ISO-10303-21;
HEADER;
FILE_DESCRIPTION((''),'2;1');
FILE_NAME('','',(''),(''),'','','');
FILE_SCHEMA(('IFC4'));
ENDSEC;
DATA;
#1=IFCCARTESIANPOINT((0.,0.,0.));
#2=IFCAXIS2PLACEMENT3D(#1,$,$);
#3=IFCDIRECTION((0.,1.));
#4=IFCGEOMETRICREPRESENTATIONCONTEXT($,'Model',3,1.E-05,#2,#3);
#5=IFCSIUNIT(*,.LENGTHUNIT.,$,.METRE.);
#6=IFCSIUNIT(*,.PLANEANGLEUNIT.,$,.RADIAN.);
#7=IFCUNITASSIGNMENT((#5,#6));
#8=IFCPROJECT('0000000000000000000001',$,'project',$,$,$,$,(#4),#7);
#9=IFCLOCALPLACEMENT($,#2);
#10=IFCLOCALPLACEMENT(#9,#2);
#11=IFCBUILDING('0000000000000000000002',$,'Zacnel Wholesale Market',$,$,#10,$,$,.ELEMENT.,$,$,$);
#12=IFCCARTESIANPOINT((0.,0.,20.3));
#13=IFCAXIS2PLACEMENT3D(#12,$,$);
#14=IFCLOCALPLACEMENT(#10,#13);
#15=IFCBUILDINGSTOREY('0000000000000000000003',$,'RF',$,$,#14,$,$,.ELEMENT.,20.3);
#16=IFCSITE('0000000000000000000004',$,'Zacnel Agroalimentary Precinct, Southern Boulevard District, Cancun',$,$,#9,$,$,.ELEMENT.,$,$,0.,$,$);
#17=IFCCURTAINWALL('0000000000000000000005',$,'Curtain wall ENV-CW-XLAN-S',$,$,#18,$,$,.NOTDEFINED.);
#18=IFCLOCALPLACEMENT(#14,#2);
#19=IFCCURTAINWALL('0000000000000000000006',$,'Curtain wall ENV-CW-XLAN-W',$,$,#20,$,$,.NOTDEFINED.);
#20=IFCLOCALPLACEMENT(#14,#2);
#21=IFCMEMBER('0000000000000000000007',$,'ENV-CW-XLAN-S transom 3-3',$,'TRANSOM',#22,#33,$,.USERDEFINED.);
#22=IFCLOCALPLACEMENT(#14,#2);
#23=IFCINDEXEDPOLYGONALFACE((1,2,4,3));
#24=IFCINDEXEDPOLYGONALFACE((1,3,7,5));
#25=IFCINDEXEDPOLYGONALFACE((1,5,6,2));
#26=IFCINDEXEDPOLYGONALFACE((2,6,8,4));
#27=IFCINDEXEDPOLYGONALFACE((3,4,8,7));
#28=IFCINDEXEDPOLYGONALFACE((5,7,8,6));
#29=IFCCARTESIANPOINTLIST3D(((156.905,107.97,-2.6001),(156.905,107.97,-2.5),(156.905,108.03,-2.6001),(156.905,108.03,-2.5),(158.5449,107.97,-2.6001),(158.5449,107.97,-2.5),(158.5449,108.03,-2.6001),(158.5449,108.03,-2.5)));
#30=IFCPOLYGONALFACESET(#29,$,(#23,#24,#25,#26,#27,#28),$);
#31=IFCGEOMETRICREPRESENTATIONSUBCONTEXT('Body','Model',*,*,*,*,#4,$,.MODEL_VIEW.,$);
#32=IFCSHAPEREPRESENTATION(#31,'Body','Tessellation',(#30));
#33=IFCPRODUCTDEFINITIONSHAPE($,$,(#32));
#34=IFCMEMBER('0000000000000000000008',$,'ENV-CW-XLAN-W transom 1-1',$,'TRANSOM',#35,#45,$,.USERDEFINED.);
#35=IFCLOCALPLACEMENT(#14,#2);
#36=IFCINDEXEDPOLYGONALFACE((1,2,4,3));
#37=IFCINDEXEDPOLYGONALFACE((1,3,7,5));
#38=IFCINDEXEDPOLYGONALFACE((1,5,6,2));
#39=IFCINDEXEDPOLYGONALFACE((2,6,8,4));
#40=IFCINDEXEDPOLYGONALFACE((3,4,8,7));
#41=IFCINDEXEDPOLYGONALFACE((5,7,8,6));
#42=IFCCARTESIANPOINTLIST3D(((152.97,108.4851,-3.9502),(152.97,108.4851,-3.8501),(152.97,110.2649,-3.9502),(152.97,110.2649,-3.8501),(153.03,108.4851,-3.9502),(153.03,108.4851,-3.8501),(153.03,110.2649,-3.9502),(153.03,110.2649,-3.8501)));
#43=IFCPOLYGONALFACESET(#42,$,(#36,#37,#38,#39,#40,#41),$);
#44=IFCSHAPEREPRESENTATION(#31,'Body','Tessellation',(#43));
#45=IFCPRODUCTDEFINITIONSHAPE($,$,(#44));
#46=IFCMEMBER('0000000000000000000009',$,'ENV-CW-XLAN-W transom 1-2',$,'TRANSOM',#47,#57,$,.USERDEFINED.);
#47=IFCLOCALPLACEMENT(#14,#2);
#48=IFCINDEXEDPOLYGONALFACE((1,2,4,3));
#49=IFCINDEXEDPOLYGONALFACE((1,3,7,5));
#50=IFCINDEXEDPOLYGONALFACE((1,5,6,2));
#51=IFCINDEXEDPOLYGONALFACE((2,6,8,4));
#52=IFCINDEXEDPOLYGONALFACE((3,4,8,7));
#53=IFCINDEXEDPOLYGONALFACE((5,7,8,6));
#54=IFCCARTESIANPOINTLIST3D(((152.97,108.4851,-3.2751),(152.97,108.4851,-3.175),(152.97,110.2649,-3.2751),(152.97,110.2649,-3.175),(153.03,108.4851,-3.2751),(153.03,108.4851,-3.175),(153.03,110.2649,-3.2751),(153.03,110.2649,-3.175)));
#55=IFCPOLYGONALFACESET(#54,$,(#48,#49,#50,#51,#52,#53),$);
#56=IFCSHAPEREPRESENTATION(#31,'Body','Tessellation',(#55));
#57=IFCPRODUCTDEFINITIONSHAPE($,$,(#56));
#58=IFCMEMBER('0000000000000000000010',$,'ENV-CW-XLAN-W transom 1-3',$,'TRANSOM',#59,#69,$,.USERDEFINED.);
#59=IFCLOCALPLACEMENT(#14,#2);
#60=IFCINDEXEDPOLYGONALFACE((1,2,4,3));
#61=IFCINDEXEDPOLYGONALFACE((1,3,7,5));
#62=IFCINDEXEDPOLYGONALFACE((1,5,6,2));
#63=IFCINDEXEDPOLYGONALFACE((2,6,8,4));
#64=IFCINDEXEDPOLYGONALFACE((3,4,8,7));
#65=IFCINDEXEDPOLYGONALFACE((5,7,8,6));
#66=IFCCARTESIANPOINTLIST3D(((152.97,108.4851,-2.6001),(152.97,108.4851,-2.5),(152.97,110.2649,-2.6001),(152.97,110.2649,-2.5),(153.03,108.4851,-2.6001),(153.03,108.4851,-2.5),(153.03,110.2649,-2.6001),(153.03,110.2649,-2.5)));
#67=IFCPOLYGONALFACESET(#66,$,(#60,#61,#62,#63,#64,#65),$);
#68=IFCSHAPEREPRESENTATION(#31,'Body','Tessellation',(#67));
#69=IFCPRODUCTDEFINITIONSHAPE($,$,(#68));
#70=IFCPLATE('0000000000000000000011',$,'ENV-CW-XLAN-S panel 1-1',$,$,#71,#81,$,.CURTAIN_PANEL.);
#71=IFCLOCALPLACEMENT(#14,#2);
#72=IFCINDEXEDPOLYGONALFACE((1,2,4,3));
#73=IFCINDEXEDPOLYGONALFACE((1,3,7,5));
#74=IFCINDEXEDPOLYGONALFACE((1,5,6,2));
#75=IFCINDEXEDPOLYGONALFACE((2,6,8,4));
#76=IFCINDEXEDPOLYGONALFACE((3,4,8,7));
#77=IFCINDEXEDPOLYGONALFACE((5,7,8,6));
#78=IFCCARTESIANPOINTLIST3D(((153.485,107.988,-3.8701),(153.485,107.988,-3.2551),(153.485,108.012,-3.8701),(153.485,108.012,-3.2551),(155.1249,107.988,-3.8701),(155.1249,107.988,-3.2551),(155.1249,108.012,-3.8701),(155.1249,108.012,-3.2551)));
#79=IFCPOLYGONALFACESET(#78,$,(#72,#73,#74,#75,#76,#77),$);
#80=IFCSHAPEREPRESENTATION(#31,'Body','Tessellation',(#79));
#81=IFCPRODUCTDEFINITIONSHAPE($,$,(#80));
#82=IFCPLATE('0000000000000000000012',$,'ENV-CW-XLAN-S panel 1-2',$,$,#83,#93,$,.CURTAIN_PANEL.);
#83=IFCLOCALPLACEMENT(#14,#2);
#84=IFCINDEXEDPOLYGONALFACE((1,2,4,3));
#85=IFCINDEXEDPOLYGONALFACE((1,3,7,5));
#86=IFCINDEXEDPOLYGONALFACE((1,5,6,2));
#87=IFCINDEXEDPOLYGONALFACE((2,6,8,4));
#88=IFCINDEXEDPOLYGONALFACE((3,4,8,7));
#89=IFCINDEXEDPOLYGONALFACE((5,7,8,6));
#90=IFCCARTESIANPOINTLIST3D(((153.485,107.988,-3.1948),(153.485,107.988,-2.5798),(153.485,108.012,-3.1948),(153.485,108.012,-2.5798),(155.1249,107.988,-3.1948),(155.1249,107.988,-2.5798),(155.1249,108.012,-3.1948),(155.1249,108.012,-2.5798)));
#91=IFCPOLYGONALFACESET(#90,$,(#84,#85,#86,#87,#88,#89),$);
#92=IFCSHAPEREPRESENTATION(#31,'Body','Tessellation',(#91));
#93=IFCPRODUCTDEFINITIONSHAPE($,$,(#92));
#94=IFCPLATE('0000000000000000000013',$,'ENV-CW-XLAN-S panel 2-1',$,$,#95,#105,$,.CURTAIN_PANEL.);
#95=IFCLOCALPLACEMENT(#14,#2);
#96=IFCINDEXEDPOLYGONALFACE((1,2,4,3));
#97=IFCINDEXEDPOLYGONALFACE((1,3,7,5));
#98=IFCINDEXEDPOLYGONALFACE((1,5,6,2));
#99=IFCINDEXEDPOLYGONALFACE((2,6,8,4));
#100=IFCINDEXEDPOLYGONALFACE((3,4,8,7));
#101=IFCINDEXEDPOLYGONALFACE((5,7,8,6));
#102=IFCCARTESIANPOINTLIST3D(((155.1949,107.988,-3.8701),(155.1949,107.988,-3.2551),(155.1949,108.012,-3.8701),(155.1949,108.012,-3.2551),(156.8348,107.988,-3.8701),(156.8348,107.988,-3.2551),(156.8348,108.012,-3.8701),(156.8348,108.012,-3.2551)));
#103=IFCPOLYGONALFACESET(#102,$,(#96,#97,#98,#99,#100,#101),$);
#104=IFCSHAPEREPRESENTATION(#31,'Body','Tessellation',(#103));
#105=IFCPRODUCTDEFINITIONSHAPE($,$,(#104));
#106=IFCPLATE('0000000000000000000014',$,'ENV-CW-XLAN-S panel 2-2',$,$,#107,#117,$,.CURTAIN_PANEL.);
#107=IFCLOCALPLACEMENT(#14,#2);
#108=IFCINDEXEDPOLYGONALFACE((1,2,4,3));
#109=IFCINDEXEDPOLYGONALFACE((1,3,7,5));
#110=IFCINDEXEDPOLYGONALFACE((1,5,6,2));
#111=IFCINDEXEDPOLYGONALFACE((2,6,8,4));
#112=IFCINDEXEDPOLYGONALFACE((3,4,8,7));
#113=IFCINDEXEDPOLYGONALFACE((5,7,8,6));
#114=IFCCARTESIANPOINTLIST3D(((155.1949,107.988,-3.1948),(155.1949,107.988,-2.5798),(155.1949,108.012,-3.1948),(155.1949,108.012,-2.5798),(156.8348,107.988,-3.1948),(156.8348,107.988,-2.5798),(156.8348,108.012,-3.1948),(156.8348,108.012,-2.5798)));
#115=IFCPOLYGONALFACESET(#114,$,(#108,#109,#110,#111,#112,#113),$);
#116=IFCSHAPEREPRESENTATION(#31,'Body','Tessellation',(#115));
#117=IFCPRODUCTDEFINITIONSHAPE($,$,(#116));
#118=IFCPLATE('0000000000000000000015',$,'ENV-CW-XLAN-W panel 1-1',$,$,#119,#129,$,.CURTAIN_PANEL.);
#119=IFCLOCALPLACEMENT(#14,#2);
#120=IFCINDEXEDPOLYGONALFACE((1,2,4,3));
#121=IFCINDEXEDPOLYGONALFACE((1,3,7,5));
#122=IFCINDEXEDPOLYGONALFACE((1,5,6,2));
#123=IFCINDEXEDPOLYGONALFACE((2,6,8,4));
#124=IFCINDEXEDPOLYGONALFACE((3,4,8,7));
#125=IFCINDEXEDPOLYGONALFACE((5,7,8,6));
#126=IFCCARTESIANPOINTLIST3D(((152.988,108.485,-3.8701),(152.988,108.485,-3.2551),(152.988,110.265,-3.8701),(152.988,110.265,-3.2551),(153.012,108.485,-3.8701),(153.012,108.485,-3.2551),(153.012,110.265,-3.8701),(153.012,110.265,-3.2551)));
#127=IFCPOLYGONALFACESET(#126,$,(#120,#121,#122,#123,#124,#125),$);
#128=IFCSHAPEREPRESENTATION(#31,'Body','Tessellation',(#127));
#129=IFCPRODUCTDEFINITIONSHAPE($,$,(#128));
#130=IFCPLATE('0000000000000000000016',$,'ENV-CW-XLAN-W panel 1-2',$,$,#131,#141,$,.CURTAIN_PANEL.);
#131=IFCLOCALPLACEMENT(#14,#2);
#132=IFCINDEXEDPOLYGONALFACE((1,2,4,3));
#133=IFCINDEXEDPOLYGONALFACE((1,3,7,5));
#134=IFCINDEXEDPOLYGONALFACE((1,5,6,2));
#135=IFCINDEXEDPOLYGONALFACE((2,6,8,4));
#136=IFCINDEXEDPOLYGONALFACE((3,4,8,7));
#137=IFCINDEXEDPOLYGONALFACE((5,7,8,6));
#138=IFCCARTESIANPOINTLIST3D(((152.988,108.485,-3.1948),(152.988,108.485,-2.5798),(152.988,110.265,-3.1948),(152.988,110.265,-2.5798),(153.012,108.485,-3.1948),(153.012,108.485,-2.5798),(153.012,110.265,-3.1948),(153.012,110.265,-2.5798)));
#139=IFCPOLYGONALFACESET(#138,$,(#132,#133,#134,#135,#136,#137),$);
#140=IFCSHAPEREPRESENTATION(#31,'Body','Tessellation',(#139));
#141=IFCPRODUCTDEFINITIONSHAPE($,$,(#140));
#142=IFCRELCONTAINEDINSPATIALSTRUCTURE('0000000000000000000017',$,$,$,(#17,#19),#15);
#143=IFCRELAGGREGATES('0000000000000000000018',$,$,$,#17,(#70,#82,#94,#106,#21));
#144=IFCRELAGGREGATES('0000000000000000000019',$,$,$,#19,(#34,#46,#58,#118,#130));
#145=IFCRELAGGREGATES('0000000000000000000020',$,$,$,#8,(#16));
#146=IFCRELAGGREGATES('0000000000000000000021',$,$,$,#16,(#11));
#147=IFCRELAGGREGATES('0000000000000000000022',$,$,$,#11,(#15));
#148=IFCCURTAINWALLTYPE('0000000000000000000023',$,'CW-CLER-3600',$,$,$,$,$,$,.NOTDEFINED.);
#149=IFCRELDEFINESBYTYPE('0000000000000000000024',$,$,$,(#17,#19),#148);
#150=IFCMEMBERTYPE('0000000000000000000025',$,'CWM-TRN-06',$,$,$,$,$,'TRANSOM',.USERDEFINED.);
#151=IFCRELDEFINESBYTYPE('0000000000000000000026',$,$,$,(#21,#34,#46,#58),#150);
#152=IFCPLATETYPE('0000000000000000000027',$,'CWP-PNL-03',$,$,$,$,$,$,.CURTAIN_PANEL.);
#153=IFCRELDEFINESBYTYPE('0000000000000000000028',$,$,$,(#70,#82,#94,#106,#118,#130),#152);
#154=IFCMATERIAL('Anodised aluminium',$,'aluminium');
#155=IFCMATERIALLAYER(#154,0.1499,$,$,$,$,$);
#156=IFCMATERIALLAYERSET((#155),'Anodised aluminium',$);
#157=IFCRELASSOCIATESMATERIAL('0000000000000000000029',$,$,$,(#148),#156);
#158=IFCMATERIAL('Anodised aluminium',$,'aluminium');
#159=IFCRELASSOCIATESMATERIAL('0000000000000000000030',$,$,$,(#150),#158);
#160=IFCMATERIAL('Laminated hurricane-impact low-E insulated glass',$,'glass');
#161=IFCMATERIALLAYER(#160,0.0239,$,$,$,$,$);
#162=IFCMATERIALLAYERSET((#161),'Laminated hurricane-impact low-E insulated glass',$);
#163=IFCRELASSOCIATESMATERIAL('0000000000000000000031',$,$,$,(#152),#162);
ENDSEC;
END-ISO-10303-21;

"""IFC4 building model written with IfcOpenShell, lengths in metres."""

from ifc_helpers import new_model, si_unit, direction, frame, origin, origin_2d, place, context, subcontext, project, spatial, rectangle, extrude, material, layer, layer_set, material_profile, profile_set, type_object, element, aggregate, save


model = new_model("IFC4")

# Units and contexts
model_context = context("Model", 3, precision=1e-05, world=origin(), true_north=direction((0.0, 1.0)))
body_context = subcontext(model_context, "Body", "Model", "MODEL_VIEW")
ifc_project = project(units=[si_unit("LENGTHUNIT", "METRE"), si_unit("PLANEANGLEUNIT", "RADIAN")], contexts=[model_context])

# Site, building, storey
site_placement = place(None, origin())
site = spatial("IfcSite", under=ifc_project, at=site_placement, Name="Zacnel Agroalimentary Precinct, Southern Boulevard District, Cancun", CompositionType="ELEMENT", RefElevation=0.0)
building_placement = place(site_placement, origin())
building = spatial("IfcBuilding", under=site, at=building_placement, Name="Zacnel Wholesale Market", CompositionType="ELEMENT")
storey_placement = place(building_placement, frame((0.0, 0.0, 20.3)))
storey = spatial("IfcBuildingStorey", under=building, at=storey_placement, Name="RF", CompositionType="ELEMENT", Elevation=20.3)

# Curtain wall
ifc_material_1 = material(Name="Anodised aluminium", Category="aluminium")
ifc_layer_1 = layer(ifc_material_1, 0.1499)
ifc_layer_set_1 = layer_set([ifc_layer_1], Name="Anodised aluminium")
curtain_wall_type = type_object("IfcCurtainWallType", Name="CW-CLER-3600", PredefinedType="NOTDEFINED", material=ifc_layer_set_1)
curtain_wall_1_placement = place(storey_placement, origin())
curtain_wall_1 = element("IfcCurtainWall", 1, at=curtain_wall_1_placement, inside=storey, type_object=curtain_wall_type, Name="Curtain wall ENV-CW-XLAN-S", PredefinedType="NOTDEFINED")

# Curtain wall
curtain_wall_2_placement = place(storey_placement, origin())
curtain_wall_2 = element("IfcCurtainWall", 2, at=curtain_wall_2_placement, inside=storey, type_object=curtain_wall_type, Name="Curtain wall ENV-CW-XLAN-W", PredefinedType="NOTDEFINED")

# Members
ifc_material_2 = material(Name="Anodised aluminium", Category="aluminium")
ifc_material_profile_1 = material_profile(ifc_material_2, rectangle(XDim=0.0601, YDim=0.1001, at=origin_2d()), Name="AW-TRANSOM 60x100")
ifc_profile_set_1 = profile_set([ifc_material_profile_1], Name="Anodised aluminium")
member_type_1 = type_object("IfcMemberType", Name="CWM-TRN-06", ElementType="TRANSOM", PredefinedType="USERDEFINED", material=ifc_profile_set_1)
member_1_placement = place(storey_placement, frame((156.905, 108.0, -2.55), z_axis=(1.0, 0.0, 0.0), x_axis=(0.0, 1.0, 0.0)))
member_1 = element("IfcMember", 3, at=member_1_placement, type_object=member_type_1, Name="ENV-CW-XLAN-S transom 3-3", ObjectType="TRANSOM", PredefinedType="USERDEFINED", context=body_context, shape_type="SweptSolid", body=[
    extrude(rectangle(XDim=0.0601, YDim=0.1001, at=origin_2d()), origin(), (0.0, 0.0, 1.0), 1.6399),
])
member_2_placement = place(storey_placement, frame((153.0, 108.4851, -3.9001), z_axis=(0.0, 1.0, 0.0), x_axis=(-1.0, 0.0, 0.0)))
member_2 = element("IfcMember", 4, at=member_2_placement, type_object=member_type_1, Name="ENV-CW-XLAN-W transom 1-1", ObjectType="TRANSOM", PredefinedType="USERDEFINED", context=body_context, shape_type="SweptSolid", body=[
    extrude(rectangle(XDim=0.0601, YDim=0.1001, at=origin_2d()), origin(), (0.0, 0.0, 1.0), 1.7798),
])
member_3_placement = place(storey_placement, frame((153.0, 108.4851, -3.2251), z_axis=(0.0, 1.0, 0.0), x_axis=(-1.0, 0.0, 0.0)))
member_3 = element("IfcMember", 5, at=member_3_placement, type_object=member_type_1, Name="ENV-CW-XLAN-W transom 1-2", ObjectType="TRANSOM", PredefinedType="USERDEFINED", context=body_context, shape_type="SweptSolid", body=[
    extrude(rectangle(XDim=0.0601, YDim=0.1001, at=origin_2d()), origin(), (0.0, 0.0, 1.0), 1.7798),
])
member_4_placement = place(storey_placement, frame((153.0, 108.4851, -2.55), z_axis=(0.0, 1.0, 0.0), x_axis=(-1.0, 0.0, 0.0)))
member_4 = element("IfcMember", 6, at=member_4_placement, type_object=member_type_1, Name="ENV-CW-XLAN-W transom 1-3", ObjectType="TRANSOM", PredefinedType="USERDEFINED", context=body_context, shape_type="SweptSolid", body=[
    extrude(rectangle(XDim=0.0601, YDim=0.1001, at=origin_2d()), origin(), (0.0, 0.0, 1.0), 1.7798),
])

# Plates
ifc_material_3 = material(Name="Laminated hurricane-impact low-E insulated glass", Category="glass")
ifc_layer_2 = layer(ifc_material_3, 0.0239)
ifc_layer_set_2 = layer_set([ifc_layer_2], Name="Laminated hurricane-impact low-E insulated glass")
plate_type = type_object("IfcPlateType", Name="CWP-PNL-03", PredefinedType="CURTAIN_PANEL", material=ifc_layer_set_2)
plate_1_placement = place(storey_placement, frame((154.3049, 108.0, -3.8701), z_axis=(0.0, 0.0, 1.0), x_axis=(1.0, 0.0, 0.0)))
plate_1 = element("IfcPlate", 7, at=plate_1_placement, type_object=plate_type, Name="ENV-CW-XLAN-S panel 1-1", PredefinedType="CURTAIN_PANEL", context=body_context, shape_type="SweptSolid", body=[
    extrude(rectangle(XDim=1.6399, YDim=0.0239, at=origin_2d()), origin(), (0.0, 0.0, 1.0), 0.615),
])
plate_2_placement = place(storey_placement, frame((154.3049, 108.0, -3.1948), z_axis=(0.0, 0.0, 1.0), x_axis=(1.0, 0.0, 0.0)))
plate_2 = element("IfcPlate", 8, at=plate_2_placement, type_object=plate_type, Name="ENV-CW-XLAN-S panel 1-2", PredefinedType="CURTAIN_PANEL", context=body_context, shape_type="SweptSolid", body=[
    extrude(rectangle(XDim=1.6399, YDim=0.0239, at=origin_2d()), origin(), (0.0, 0.0, 1.0), 0.615),
])
plate_3_placement = place(storey_placement, frame((156.0149, 108.0, -3.8701), z_axis=(0.0, 0.0, 1.0), x_axis=(1.0, 0.0, 0.0)))
plate_3 = element("IfcPlate", 9, at=plate_3_placement, type_object=plate_type, Name="ENV-CW-XLAN-S panel 2-1", PredefinedType="CURTAIN_PANEL", context=body_context, shape_type="SweptSolid", body=[
    extrude(rectangle(XDim=1.6399, YDim=0.0239, at=origin_2d()), origin(), (0.0, 0.0, 1.0), 0.615),
])
plate_4_placement = place(storey_placement, frame((156.0149, 108.0, -3.1948), z_axis=(0.0, 0.0, 1.0), x_axis=(1.0, 0.0, 0.0)))
plate_4 = element("IfcPlate", 10, at=plate_4_placement, type_object=plate_type, Name="ENV-CW-XLAN-S panel 2-2", PredefinedType="CURTAIN_PANEL", context=body_context, shape_type="SweptSolid", body=[
    extrude(rectangle(XDim=1.6399, YDim=0.0239, at=origin_2d()), origin(), (0.0, 0.0, 1.0), 0.615),
])
aggregate(curtain_wall_1, [plate_1, plate_2, plate_3, plate_4, member_1])
plate_5_placement = place(storey_placement, frame((153.0, 109.375, -3.8701), z_axis=(0.0, 0.0, 1.0), x_axis=(0.0, 1.0, 0.0)))
plate_5 = element("IfcPlate", 11, at=plate_5_placement, type_object=plate_type, Name="ENV-CW-XLAN-W panel 1-1", PredefinedType="CURTAIN_PANEL", context=body_context, shape_type="SweptSolid", body=[
    extrude(rectangle(XDim=1.78, YDim=0.0239, at=origin_2d()), origin(), (0.0, 0.0, 1.0), 0.615),
])
plate_6_placement = place(storey_placement, frame((153.0, 109.375, -3.1948), z_axis=(0.0, 0.0, 1.0), x_axis=(0.0, 1.0, 0.0)))
plate_6 = element("IfcPlate", 12, at=plate_6_placement, type_object=plate_type, Name="ENV-CW-XLAN-W panel 1-2", PredefinedType="CURTAIN_PANEL", context=body_context, shape_type="SweptSolid", body=[
    extrude(rectangle(XDim=1.78, YDim=0.0239, at=origin_2d()), origin(), (0.0, 0.0, 1.0), 0.615),
])
aggregate(curtain_wall_2, [member_2, member_3, member_4, plate_5, plate_6])

save(model, "model.ifc")
